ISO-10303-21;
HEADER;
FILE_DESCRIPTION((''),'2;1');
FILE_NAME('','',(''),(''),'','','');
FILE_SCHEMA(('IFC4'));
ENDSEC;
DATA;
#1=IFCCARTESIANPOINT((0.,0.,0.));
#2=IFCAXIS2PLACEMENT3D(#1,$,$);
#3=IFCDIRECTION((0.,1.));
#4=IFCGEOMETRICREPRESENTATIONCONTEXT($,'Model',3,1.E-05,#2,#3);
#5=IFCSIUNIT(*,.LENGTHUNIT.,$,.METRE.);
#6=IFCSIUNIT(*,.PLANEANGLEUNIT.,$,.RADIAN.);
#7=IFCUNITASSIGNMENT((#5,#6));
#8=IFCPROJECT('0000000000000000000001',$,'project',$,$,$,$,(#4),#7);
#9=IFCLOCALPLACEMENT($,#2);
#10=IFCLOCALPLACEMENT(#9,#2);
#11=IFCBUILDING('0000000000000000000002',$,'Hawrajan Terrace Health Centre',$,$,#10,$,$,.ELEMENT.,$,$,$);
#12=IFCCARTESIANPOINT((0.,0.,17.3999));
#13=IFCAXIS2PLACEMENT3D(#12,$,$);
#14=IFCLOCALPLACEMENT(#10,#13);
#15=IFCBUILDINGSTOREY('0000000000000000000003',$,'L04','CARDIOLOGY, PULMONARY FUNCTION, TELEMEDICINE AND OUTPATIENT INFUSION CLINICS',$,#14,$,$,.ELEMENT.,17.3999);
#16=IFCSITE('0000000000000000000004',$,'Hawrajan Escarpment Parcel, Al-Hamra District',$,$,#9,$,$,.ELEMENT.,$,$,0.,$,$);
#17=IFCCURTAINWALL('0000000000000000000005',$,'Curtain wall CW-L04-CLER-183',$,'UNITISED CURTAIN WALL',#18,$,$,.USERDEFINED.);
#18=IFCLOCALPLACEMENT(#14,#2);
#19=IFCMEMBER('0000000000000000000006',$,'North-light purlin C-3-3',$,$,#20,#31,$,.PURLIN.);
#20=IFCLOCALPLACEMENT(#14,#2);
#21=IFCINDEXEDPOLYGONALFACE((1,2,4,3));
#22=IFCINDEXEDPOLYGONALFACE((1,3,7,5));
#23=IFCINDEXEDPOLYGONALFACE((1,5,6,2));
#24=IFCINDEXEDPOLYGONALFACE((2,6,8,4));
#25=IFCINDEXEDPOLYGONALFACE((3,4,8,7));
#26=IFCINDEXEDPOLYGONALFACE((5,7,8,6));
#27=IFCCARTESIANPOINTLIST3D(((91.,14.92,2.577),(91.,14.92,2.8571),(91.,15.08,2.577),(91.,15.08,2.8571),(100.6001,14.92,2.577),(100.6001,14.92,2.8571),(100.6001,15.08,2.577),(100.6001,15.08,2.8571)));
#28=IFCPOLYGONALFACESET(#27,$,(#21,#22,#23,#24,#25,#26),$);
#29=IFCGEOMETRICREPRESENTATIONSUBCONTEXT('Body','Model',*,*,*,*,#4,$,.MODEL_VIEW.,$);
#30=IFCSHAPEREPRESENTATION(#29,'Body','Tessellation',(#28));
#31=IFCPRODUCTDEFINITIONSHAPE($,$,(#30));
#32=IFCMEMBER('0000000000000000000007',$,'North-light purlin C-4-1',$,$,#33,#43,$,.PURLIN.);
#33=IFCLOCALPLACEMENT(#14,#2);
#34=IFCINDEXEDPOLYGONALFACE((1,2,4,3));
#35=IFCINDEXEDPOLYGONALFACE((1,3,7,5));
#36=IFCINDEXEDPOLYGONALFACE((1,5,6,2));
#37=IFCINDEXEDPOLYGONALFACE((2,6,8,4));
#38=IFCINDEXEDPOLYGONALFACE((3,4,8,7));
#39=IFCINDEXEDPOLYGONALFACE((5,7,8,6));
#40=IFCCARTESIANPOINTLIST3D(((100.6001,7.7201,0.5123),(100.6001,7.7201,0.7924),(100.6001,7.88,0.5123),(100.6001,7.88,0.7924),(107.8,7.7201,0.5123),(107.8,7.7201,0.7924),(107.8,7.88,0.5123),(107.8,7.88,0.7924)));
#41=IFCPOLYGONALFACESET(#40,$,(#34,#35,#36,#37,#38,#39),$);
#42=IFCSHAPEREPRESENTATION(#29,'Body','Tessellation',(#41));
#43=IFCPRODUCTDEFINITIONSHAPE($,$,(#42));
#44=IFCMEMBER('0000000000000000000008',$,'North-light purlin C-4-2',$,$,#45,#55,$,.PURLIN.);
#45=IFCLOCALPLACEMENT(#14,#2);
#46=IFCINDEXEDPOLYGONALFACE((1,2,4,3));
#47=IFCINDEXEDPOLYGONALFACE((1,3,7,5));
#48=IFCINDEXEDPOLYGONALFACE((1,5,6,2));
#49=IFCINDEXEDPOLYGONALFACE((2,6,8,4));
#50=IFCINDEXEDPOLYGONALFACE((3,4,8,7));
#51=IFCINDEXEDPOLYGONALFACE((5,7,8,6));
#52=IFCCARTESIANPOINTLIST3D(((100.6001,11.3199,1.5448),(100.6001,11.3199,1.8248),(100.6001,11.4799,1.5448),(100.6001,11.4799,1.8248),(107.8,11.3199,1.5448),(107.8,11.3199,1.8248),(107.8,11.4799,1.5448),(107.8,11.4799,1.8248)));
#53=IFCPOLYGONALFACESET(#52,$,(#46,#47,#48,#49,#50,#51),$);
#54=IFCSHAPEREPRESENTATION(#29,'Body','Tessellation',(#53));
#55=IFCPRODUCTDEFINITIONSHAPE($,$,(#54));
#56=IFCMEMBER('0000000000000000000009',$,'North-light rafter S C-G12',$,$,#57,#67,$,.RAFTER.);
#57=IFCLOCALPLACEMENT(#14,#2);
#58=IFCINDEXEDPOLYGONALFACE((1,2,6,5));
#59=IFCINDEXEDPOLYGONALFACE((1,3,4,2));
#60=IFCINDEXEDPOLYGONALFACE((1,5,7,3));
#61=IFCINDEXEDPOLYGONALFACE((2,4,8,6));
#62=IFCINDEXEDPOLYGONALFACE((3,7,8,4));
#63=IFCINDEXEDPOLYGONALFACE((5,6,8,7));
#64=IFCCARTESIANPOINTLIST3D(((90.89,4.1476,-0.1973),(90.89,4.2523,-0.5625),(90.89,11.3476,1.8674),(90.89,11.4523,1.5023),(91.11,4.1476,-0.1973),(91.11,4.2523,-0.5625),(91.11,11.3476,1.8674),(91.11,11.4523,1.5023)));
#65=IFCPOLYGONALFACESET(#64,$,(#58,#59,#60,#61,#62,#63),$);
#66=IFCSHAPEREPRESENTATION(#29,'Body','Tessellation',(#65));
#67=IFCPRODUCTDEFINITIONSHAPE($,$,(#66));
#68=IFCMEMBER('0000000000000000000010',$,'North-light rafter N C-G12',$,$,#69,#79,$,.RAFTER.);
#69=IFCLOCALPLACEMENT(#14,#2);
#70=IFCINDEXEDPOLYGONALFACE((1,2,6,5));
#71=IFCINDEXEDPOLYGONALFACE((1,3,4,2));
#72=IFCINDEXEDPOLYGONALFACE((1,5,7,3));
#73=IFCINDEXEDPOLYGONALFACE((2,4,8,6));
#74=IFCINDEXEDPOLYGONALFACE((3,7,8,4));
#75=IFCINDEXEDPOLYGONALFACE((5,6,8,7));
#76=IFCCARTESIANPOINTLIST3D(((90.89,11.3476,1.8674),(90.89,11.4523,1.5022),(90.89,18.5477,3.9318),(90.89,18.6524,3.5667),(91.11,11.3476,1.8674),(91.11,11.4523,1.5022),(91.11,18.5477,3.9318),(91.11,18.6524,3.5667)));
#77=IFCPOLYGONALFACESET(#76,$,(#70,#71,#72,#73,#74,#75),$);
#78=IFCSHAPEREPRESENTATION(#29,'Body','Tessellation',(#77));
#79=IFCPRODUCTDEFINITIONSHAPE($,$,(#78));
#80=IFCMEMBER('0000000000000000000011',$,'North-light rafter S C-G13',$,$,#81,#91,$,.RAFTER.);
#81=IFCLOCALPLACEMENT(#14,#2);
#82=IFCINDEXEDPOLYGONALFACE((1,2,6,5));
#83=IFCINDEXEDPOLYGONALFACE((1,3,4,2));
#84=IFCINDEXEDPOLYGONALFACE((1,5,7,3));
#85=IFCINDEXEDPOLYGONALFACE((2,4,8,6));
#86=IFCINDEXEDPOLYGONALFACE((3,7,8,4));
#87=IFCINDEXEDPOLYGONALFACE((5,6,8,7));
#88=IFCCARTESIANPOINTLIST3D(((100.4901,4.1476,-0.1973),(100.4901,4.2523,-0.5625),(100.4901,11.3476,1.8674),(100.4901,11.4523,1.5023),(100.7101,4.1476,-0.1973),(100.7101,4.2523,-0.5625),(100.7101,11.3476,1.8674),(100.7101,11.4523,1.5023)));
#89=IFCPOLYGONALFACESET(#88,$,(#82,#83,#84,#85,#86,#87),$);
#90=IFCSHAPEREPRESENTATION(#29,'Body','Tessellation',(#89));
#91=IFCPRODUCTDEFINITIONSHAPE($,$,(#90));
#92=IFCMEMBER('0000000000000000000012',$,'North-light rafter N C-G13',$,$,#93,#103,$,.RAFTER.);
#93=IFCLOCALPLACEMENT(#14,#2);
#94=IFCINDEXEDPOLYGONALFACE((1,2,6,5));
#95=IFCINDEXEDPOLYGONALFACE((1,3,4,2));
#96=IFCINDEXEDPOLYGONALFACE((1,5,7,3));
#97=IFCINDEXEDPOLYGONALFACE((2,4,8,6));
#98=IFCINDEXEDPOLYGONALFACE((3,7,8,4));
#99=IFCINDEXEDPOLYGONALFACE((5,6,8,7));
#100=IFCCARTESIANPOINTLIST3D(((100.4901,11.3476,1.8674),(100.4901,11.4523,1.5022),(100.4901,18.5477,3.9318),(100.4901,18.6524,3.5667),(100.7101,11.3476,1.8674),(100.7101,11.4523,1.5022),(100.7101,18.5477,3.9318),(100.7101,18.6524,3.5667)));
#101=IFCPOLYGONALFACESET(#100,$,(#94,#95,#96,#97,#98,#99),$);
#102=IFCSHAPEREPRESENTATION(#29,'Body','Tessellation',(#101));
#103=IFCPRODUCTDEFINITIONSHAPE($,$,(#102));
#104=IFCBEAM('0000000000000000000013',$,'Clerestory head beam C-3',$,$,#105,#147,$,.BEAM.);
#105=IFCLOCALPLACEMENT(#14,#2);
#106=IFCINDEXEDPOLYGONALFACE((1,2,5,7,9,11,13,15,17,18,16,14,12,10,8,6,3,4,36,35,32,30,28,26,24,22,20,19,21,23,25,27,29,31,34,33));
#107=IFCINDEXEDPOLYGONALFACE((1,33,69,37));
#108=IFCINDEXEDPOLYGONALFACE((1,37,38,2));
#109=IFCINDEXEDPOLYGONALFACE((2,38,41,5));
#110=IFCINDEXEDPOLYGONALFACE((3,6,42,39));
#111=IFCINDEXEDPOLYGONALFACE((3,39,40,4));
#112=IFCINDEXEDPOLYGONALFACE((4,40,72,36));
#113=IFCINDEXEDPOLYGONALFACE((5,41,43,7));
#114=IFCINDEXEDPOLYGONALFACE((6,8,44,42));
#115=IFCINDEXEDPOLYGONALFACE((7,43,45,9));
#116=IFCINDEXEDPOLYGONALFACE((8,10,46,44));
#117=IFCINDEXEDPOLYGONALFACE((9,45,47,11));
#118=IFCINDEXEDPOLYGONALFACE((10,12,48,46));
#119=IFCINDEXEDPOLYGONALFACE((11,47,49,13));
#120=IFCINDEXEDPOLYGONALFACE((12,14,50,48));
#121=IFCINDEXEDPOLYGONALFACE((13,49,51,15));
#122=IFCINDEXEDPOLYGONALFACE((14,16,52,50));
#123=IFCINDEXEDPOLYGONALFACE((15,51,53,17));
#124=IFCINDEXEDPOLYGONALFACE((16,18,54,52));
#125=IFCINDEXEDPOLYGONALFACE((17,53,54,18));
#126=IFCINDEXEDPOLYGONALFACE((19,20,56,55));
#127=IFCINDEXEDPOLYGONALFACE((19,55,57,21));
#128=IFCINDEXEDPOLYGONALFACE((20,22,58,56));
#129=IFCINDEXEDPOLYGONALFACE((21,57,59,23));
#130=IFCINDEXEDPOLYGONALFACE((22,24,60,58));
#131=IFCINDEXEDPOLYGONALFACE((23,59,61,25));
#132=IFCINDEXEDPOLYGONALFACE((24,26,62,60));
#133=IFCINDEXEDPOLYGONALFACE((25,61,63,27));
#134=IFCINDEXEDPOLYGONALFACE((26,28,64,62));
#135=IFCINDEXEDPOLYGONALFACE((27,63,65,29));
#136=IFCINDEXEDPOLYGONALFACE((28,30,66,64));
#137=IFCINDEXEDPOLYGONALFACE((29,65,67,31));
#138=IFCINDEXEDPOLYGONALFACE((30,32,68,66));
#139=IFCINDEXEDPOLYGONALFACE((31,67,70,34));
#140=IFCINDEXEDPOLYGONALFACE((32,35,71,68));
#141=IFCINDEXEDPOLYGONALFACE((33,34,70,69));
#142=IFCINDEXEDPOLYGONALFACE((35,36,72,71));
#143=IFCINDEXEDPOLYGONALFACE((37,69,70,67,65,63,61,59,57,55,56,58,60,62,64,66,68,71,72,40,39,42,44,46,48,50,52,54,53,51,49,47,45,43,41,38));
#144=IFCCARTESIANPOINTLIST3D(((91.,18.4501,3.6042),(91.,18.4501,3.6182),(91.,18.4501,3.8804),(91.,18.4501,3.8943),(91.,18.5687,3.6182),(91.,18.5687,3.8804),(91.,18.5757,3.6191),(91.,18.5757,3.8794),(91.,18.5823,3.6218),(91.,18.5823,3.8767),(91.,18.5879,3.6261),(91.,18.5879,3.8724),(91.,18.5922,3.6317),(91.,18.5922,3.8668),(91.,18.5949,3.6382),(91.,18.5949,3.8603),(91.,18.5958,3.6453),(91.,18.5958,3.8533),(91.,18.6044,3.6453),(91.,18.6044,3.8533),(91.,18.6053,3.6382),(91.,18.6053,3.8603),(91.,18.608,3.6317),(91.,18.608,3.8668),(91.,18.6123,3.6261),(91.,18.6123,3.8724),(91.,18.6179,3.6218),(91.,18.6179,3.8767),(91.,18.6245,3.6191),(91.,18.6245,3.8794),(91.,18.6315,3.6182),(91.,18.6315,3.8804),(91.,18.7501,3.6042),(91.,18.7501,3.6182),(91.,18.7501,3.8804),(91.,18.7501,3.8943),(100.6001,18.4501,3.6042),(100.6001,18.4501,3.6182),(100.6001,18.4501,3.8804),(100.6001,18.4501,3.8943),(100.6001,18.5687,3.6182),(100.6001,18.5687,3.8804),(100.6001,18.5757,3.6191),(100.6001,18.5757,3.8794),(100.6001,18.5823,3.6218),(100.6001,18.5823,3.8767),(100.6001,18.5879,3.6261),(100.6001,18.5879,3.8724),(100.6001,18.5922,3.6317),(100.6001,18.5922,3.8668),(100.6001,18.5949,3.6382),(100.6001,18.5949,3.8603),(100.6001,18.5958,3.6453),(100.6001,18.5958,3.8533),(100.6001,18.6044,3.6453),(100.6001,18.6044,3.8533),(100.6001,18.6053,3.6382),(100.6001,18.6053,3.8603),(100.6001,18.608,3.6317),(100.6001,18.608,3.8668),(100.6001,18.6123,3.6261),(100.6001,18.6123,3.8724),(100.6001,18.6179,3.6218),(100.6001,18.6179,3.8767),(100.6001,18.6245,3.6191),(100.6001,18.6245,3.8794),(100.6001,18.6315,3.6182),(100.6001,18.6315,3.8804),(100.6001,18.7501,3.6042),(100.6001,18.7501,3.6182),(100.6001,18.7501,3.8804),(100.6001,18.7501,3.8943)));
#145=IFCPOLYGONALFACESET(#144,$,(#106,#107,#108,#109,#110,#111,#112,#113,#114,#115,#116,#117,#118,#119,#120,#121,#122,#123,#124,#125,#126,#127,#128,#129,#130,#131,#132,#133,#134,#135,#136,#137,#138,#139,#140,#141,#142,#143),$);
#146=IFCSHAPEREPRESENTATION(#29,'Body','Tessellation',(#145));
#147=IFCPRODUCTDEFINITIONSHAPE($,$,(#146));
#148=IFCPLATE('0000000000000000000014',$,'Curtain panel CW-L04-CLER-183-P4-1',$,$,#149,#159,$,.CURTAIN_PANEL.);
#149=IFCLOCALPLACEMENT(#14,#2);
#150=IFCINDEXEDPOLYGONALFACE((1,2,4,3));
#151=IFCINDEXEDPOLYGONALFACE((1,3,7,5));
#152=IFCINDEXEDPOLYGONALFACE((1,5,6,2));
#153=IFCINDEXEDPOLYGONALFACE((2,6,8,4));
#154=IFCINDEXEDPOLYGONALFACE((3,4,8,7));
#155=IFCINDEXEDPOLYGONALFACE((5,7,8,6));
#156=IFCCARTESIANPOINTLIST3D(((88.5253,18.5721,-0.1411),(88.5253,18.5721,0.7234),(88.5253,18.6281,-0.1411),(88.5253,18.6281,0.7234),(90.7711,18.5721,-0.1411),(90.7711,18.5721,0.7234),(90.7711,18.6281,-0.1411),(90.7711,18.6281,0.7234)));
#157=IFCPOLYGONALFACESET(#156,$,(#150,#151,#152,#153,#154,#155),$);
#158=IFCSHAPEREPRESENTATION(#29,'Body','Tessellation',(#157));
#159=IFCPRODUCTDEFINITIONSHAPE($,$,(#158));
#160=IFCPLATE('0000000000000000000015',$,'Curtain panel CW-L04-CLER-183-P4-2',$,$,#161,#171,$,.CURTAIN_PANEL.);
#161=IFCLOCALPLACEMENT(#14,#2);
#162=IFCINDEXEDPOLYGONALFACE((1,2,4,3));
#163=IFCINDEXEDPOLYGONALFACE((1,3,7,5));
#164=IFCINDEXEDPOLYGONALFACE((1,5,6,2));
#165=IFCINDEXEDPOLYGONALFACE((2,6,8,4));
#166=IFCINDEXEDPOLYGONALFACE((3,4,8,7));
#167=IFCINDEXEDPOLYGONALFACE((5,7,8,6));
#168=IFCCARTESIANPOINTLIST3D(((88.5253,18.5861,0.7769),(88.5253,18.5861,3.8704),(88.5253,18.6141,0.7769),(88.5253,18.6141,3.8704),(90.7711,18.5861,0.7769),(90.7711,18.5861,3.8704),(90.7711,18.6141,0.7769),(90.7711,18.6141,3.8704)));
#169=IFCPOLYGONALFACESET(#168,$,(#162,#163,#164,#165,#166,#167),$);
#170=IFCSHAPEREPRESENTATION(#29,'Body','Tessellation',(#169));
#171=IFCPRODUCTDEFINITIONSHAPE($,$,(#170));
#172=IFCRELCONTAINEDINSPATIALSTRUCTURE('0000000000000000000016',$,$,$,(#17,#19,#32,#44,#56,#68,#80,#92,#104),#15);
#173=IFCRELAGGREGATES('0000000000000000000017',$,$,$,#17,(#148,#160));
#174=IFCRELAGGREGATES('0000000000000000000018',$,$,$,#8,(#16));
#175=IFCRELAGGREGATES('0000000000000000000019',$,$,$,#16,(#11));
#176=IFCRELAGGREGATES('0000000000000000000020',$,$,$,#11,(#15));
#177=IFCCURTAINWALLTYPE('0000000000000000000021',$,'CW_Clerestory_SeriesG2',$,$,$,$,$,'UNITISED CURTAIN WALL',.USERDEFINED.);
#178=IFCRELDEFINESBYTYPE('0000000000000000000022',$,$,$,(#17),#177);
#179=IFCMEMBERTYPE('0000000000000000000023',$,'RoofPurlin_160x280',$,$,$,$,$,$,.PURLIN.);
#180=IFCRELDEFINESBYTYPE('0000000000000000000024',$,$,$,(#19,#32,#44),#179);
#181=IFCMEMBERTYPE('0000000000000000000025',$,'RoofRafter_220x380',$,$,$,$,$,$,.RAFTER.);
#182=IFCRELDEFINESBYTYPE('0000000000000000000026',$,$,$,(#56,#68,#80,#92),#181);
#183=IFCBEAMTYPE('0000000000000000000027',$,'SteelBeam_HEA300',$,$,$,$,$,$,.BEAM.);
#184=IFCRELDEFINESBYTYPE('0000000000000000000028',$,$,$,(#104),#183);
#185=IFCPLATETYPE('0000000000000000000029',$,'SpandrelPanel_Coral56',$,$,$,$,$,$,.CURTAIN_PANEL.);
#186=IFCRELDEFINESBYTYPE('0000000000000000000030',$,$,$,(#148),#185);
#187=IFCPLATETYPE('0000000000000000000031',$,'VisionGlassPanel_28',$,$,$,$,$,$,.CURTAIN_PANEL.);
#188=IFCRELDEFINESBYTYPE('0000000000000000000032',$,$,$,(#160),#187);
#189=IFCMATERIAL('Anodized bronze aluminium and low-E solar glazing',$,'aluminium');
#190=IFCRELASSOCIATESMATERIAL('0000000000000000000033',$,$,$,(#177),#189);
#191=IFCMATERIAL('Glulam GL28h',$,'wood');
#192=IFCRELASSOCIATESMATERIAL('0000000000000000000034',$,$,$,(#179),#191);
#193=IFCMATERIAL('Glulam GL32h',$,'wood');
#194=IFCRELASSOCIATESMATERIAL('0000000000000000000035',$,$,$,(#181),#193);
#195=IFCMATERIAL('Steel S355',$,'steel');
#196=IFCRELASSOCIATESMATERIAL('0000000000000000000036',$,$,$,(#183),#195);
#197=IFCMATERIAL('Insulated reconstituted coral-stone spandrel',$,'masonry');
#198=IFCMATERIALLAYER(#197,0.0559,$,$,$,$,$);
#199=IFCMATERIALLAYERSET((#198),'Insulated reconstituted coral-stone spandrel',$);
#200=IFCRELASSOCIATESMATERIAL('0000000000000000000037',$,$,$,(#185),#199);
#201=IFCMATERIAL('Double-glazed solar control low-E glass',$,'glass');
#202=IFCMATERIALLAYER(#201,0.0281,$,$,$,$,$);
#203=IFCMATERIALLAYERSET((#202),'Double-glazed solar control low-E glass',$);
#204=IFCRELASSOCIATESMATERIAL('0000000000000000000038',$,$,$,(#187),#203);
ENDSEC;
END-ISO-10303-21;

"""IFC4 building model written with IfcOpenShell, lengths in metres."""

from ifc_helpers import new_model, si_unit, direction, frame, origin, origin_2d, place, context, subcontext, project, spatial, rectangle, i_section, extrude, material, layer, layer_set, material_profile, profile_set, type_object, element, aggregate, save


model = new_model("IFC4")

# Units and contexts
model_context = context("Model", 3, precision=1e-05, world=origin(), true_north=direction((0.0, 1.0)))
body_context = subcontext(model_context, "Body", "Model", "MODEL_VIEW")
ifc_project = project(units=[si_unit("LENGTHUNIT", "METRE"), si_unit("PLANEANGLEUNIT", "RADIAN")], contexts=[model_context])

# Site, building, storey
site_placement = place(None, origin())
site = spatial("IfcSite", under=ifc_project, at=site_placement, Name="Hawrajan Escarpment Parcel, Al-Hamra District", CompositionType="ELEMENT", RefElevation=0.0)
building_placement = place(site_placement, origin())
building = spatial("IfcBuilding", under=site, at=building_placement, Name="Hawrajan Terrace Health Centre", CompositionType="ELEMENT")
storey_placement = place(building_placement, frame((0.0, 0.0, 17.3999)))
storey = spatial("IfcBuildingStorey", under=building, at=storey_placement, Name="L04", Description="CARDIOLOGY, PULMONARY FUNCTION, TELEMEDICINE AND OUTPATIENT INFUSION CLINICS", CompositionType="ELEMENT", Elevation=17.3999)

# Curtain wall
ifc_material_1 = material(Name="Anodized bronze aluminium and low-E solar glazing", Category="aluminium")
curtain_wall_type = type_object("IfcCurtainWallType", Name="CW_Clerestory_SeriesG2", ElementType="UNITISED CURTAIN WALL", PredefinedType="USERDEFINED", material=ifc_material_1)
curtain_wall_1_placement = place(storey_placement, origin())
curtain_wall_1 = element("IfcCurtainWall", 1, at=curtain_wall_1_placement, inside=storey, type_object=curtain_wall_type, Name="Curtain wall CW-L04-CLER-183", ObjectType="UNITISED CURTAIN WALL", PredefinedType="USERDEFINED")

# Shared definitions
ifc_material_2 = material(Name="Glulam GL32h", Category="wood")

# Members
ifc_material_3 = material(Name="Glulam GL28h", Category="wood")
ifc_material_profile_1 = material_profile(ifc_material_3, rectangle(XDim=0.1599, YDim=0.28, at=origin_2d()), Name="GL PUR 160x280")
ifc_profile_set_1 = profile_set([ifc_material_profile_1], Name="Glulam GL28h")
member_type_1 = type_object("IfcMemberType", Name="RoofPurlin_160x280", PredefinedType="PURLIN", material=ifc_profile_set_1)
for number, where, z_axis, x_axis, name in (
    (2, (91.0, 15.0, 2.717), (1.0, 0.0, 0.0), (0.0, 1.0, 0.0), "North-light purlin C-3-3"),
):
    element("IfcMember", number, at=place(storey_placement, frame(where, z_axis=z_axis, x_axis=x_axis)), inside=storey, type_object=member_type_1, Name=name, PredefinedType="PURLIN", context=body_context, shape_type="SweptSolid", body=[
        extrude(rectangle(XDim=0.1599, YDim=0.28, at=origin_2d()), origin(), (0.0, 0.0, 1.0), 9.6001),
    ])
for number, where, z_axis, x_axis, name in (
    (3, (100.6001, 7.8, 0.6523), (1.0, 0.0, 0.0), (0.0, 1.0, 0.0), "North-light purlin C-4-1"),
    (4, (100.6001, 11.3999, 1.6848), (1.0, 0.0, 0.0), (0.0, 1.0, 0.0), "North-light purlin C-4-2"),
):
    element("IfcMember", number, at=place(storey_placement, frame(where, z_axis=z_axis, x_axis=x_axis)), inside=storey, type_object=member_type_1, Name=name, PredefinedType="PURLIN", context=body_context, shape_type="SweptSolid", body=[
        extrude(rectangle(XDim=0.1599, YDim=0.28, at=origin_2d()), origin(), (0.0, 0.0, 1.0), 7.2),
    ])
ifc_material_profile_2 = material_profile(ifc_material_2, rectangle(XDim=0.22, YDim=0.3799, at=origin_2d()), Name="GL CHD 220x380")
ifc_profile_set_2 = profile_set([ifc_material_profile_2], Name="Glulam GL32h")
member_type_2 = type_object("IfcMemberType", Name="RoofRafter_220x380", PredefinedType="RAFTER", material=ifc_profile_set_2)
for number, where, z_axis, x_axis, name in (
    (5, (91.0, 4.2, -0.3799), (0.0, 0.961257, 0.275655), (-1.0, 0.0, 0.0), "North-light rafter S C-G12"),
    (6, (91.0, 11.3999, 1.6848), (0.0, 0.961268, 0.275616), (-1.0, 0.0, 0.0), "North-light rafter N C-G12"),
    (7, (100.6001, 4.2, -0.3799), (0.0, 0.961257, 0.275655), (-1.0, 0.0, 0.0), "North-light rafter S C-G13"),
    (8, (100.6001, 11.3999, 1.6848), (0.0, 0.961268, 0.275616), (-1.0, 0.0, 0.0), "North-light rafter N C-G13"),
):
    element("IfcMember", number, at=place(storey_placement, frame(where, z_axis=z_axis, x_axis=x_axis)), inside=storey, type_object=member_type_2, Name=name, PredefinedType="RAFTER", context=body_context, shape_type="SweptSolid", body=[
        extrude(rectangle(XDim=0.22, YDim=0.3799, at=origin_2d()), origin(), (0.0, 0.0, 1.0), 7.4902),
    ])

# Beam
ifc_material_4 = material(Name="Steel S355", Category="steel")
ifc_material_profile_3 = material_profile(ifc_material_4, i_section(OverallWidth=0.3, OverallDepth=0.29, WebThickness=0.0085, FlangeThickness=0.0139, FilletRadius=0.0271, at=origin_2d()), Name="HEA 300")
ifc_profile_set_3 = profile_set([ifc_material_profile_3], Name="Steel S355")
beam_type_1 = type_object("IfcBeamType", Name="SteelBeam_HEA300", PredefinedType="BEAM", material=ifc_profile_set_3)
beam_1_placement = place(storey_placement, frame((91.0, 18.6001, 3.7493), z_axis=(1.0, 0.0, 0.0), x_axis=(0.0, 1.0, 0.0)))
element("IfcBeam", 9, at=beam_1_placement, inside=storey, type_object=beam_type_1, Name="Clerestory head beam C-3", PredefinedType="BEAM", context=body_context, shape_type="SweptSolid", body=[
    extrude(i_section(OverallWidth=0.3, OverallDepth=0.29, WebThickness=0.0085, FlangeThickness=0.0139, FilletRadius=0.0271, at=origin_2d()), origin(), (0.0, 0.0, 1.0), 9.6001),
])

# Plates
ifc_material_5 = material(Name="Insulated reconstituted coral-stone spandrel", Category="masonry")
ifc_layer_1 = layer(ifc_material_5, 0.0559)
ifc_layer_set_1 = layer_set([ifc_layer_1], Name="Insulated reconstituted coral-stone spandrel")
plate_type_1 = type_object("IfcPlateType", Name="SpandrelPanel_Coral56", PredefinedType="CURTAIN_PANEL", material=ifc_layer_set_1)
plate_1_placement = place(storey_placement, frame((89.6482, 18.6001, -0.1411), z_axis=(0.0, 0.0, 1.0), x_axis=(1.0, 0.0, 0.0)))
plate_1 = element("IfcPlate", 10, at=plate_1_placement, type_object=plate_type_1, Name="Curtain panel CW-L04-CLER-183-P4-1", PredefinedType="CURTAIN_PANEL", context=body_context, shape_type="SweptSolid", body=[
    extrude(rectangle(XDim=2.2458, YDim=0.0559, at=origin_2d()), origin(), (0.0, 0.0, 1.0), 0.8645),
])
ifc_material_6 = material(Name="Double-glazed solar control low-E glass", Category="glass")
ifc_layer_2 = layer(ifc_material_6, 0.0281)
ifc_layer_set_2 = layer_set([ifc_layer_2], Name="Double-glazed solar control low-E glass")
plate_type_2 = type_object("IfcPlateType", Name="VisionGlassPanel_28", PredefinedType="CURTAIN_PANEL", material=ifc_layer_set_2)
plate_2_placement = place(storey_placement, frame((89.6482, 18.6001, 0.7769), z_axis=(0.0, 0.0, 1.0), x_axis=(1.0, 0.0, 0.0)))
plate_2 = element("IfcPlate", 11, at=plate_2_placement, type_object=plate_type_2, Name="Curtain panel CW-L04-CLER-183-P4-2", PredefinedType="CURTAIN_PANEL", context=body_context, shape_type="SweptSolid", body=[
    extrude(rectangle(XDim=2.2458, YDim=0.0281, at=origin_2d()), origin(), (0.0, 0.0, 1.0), 3.0935),
])
aggregate(curtain_wall_1, [plate_1, plate_2])

save(model, "model.ifc")
